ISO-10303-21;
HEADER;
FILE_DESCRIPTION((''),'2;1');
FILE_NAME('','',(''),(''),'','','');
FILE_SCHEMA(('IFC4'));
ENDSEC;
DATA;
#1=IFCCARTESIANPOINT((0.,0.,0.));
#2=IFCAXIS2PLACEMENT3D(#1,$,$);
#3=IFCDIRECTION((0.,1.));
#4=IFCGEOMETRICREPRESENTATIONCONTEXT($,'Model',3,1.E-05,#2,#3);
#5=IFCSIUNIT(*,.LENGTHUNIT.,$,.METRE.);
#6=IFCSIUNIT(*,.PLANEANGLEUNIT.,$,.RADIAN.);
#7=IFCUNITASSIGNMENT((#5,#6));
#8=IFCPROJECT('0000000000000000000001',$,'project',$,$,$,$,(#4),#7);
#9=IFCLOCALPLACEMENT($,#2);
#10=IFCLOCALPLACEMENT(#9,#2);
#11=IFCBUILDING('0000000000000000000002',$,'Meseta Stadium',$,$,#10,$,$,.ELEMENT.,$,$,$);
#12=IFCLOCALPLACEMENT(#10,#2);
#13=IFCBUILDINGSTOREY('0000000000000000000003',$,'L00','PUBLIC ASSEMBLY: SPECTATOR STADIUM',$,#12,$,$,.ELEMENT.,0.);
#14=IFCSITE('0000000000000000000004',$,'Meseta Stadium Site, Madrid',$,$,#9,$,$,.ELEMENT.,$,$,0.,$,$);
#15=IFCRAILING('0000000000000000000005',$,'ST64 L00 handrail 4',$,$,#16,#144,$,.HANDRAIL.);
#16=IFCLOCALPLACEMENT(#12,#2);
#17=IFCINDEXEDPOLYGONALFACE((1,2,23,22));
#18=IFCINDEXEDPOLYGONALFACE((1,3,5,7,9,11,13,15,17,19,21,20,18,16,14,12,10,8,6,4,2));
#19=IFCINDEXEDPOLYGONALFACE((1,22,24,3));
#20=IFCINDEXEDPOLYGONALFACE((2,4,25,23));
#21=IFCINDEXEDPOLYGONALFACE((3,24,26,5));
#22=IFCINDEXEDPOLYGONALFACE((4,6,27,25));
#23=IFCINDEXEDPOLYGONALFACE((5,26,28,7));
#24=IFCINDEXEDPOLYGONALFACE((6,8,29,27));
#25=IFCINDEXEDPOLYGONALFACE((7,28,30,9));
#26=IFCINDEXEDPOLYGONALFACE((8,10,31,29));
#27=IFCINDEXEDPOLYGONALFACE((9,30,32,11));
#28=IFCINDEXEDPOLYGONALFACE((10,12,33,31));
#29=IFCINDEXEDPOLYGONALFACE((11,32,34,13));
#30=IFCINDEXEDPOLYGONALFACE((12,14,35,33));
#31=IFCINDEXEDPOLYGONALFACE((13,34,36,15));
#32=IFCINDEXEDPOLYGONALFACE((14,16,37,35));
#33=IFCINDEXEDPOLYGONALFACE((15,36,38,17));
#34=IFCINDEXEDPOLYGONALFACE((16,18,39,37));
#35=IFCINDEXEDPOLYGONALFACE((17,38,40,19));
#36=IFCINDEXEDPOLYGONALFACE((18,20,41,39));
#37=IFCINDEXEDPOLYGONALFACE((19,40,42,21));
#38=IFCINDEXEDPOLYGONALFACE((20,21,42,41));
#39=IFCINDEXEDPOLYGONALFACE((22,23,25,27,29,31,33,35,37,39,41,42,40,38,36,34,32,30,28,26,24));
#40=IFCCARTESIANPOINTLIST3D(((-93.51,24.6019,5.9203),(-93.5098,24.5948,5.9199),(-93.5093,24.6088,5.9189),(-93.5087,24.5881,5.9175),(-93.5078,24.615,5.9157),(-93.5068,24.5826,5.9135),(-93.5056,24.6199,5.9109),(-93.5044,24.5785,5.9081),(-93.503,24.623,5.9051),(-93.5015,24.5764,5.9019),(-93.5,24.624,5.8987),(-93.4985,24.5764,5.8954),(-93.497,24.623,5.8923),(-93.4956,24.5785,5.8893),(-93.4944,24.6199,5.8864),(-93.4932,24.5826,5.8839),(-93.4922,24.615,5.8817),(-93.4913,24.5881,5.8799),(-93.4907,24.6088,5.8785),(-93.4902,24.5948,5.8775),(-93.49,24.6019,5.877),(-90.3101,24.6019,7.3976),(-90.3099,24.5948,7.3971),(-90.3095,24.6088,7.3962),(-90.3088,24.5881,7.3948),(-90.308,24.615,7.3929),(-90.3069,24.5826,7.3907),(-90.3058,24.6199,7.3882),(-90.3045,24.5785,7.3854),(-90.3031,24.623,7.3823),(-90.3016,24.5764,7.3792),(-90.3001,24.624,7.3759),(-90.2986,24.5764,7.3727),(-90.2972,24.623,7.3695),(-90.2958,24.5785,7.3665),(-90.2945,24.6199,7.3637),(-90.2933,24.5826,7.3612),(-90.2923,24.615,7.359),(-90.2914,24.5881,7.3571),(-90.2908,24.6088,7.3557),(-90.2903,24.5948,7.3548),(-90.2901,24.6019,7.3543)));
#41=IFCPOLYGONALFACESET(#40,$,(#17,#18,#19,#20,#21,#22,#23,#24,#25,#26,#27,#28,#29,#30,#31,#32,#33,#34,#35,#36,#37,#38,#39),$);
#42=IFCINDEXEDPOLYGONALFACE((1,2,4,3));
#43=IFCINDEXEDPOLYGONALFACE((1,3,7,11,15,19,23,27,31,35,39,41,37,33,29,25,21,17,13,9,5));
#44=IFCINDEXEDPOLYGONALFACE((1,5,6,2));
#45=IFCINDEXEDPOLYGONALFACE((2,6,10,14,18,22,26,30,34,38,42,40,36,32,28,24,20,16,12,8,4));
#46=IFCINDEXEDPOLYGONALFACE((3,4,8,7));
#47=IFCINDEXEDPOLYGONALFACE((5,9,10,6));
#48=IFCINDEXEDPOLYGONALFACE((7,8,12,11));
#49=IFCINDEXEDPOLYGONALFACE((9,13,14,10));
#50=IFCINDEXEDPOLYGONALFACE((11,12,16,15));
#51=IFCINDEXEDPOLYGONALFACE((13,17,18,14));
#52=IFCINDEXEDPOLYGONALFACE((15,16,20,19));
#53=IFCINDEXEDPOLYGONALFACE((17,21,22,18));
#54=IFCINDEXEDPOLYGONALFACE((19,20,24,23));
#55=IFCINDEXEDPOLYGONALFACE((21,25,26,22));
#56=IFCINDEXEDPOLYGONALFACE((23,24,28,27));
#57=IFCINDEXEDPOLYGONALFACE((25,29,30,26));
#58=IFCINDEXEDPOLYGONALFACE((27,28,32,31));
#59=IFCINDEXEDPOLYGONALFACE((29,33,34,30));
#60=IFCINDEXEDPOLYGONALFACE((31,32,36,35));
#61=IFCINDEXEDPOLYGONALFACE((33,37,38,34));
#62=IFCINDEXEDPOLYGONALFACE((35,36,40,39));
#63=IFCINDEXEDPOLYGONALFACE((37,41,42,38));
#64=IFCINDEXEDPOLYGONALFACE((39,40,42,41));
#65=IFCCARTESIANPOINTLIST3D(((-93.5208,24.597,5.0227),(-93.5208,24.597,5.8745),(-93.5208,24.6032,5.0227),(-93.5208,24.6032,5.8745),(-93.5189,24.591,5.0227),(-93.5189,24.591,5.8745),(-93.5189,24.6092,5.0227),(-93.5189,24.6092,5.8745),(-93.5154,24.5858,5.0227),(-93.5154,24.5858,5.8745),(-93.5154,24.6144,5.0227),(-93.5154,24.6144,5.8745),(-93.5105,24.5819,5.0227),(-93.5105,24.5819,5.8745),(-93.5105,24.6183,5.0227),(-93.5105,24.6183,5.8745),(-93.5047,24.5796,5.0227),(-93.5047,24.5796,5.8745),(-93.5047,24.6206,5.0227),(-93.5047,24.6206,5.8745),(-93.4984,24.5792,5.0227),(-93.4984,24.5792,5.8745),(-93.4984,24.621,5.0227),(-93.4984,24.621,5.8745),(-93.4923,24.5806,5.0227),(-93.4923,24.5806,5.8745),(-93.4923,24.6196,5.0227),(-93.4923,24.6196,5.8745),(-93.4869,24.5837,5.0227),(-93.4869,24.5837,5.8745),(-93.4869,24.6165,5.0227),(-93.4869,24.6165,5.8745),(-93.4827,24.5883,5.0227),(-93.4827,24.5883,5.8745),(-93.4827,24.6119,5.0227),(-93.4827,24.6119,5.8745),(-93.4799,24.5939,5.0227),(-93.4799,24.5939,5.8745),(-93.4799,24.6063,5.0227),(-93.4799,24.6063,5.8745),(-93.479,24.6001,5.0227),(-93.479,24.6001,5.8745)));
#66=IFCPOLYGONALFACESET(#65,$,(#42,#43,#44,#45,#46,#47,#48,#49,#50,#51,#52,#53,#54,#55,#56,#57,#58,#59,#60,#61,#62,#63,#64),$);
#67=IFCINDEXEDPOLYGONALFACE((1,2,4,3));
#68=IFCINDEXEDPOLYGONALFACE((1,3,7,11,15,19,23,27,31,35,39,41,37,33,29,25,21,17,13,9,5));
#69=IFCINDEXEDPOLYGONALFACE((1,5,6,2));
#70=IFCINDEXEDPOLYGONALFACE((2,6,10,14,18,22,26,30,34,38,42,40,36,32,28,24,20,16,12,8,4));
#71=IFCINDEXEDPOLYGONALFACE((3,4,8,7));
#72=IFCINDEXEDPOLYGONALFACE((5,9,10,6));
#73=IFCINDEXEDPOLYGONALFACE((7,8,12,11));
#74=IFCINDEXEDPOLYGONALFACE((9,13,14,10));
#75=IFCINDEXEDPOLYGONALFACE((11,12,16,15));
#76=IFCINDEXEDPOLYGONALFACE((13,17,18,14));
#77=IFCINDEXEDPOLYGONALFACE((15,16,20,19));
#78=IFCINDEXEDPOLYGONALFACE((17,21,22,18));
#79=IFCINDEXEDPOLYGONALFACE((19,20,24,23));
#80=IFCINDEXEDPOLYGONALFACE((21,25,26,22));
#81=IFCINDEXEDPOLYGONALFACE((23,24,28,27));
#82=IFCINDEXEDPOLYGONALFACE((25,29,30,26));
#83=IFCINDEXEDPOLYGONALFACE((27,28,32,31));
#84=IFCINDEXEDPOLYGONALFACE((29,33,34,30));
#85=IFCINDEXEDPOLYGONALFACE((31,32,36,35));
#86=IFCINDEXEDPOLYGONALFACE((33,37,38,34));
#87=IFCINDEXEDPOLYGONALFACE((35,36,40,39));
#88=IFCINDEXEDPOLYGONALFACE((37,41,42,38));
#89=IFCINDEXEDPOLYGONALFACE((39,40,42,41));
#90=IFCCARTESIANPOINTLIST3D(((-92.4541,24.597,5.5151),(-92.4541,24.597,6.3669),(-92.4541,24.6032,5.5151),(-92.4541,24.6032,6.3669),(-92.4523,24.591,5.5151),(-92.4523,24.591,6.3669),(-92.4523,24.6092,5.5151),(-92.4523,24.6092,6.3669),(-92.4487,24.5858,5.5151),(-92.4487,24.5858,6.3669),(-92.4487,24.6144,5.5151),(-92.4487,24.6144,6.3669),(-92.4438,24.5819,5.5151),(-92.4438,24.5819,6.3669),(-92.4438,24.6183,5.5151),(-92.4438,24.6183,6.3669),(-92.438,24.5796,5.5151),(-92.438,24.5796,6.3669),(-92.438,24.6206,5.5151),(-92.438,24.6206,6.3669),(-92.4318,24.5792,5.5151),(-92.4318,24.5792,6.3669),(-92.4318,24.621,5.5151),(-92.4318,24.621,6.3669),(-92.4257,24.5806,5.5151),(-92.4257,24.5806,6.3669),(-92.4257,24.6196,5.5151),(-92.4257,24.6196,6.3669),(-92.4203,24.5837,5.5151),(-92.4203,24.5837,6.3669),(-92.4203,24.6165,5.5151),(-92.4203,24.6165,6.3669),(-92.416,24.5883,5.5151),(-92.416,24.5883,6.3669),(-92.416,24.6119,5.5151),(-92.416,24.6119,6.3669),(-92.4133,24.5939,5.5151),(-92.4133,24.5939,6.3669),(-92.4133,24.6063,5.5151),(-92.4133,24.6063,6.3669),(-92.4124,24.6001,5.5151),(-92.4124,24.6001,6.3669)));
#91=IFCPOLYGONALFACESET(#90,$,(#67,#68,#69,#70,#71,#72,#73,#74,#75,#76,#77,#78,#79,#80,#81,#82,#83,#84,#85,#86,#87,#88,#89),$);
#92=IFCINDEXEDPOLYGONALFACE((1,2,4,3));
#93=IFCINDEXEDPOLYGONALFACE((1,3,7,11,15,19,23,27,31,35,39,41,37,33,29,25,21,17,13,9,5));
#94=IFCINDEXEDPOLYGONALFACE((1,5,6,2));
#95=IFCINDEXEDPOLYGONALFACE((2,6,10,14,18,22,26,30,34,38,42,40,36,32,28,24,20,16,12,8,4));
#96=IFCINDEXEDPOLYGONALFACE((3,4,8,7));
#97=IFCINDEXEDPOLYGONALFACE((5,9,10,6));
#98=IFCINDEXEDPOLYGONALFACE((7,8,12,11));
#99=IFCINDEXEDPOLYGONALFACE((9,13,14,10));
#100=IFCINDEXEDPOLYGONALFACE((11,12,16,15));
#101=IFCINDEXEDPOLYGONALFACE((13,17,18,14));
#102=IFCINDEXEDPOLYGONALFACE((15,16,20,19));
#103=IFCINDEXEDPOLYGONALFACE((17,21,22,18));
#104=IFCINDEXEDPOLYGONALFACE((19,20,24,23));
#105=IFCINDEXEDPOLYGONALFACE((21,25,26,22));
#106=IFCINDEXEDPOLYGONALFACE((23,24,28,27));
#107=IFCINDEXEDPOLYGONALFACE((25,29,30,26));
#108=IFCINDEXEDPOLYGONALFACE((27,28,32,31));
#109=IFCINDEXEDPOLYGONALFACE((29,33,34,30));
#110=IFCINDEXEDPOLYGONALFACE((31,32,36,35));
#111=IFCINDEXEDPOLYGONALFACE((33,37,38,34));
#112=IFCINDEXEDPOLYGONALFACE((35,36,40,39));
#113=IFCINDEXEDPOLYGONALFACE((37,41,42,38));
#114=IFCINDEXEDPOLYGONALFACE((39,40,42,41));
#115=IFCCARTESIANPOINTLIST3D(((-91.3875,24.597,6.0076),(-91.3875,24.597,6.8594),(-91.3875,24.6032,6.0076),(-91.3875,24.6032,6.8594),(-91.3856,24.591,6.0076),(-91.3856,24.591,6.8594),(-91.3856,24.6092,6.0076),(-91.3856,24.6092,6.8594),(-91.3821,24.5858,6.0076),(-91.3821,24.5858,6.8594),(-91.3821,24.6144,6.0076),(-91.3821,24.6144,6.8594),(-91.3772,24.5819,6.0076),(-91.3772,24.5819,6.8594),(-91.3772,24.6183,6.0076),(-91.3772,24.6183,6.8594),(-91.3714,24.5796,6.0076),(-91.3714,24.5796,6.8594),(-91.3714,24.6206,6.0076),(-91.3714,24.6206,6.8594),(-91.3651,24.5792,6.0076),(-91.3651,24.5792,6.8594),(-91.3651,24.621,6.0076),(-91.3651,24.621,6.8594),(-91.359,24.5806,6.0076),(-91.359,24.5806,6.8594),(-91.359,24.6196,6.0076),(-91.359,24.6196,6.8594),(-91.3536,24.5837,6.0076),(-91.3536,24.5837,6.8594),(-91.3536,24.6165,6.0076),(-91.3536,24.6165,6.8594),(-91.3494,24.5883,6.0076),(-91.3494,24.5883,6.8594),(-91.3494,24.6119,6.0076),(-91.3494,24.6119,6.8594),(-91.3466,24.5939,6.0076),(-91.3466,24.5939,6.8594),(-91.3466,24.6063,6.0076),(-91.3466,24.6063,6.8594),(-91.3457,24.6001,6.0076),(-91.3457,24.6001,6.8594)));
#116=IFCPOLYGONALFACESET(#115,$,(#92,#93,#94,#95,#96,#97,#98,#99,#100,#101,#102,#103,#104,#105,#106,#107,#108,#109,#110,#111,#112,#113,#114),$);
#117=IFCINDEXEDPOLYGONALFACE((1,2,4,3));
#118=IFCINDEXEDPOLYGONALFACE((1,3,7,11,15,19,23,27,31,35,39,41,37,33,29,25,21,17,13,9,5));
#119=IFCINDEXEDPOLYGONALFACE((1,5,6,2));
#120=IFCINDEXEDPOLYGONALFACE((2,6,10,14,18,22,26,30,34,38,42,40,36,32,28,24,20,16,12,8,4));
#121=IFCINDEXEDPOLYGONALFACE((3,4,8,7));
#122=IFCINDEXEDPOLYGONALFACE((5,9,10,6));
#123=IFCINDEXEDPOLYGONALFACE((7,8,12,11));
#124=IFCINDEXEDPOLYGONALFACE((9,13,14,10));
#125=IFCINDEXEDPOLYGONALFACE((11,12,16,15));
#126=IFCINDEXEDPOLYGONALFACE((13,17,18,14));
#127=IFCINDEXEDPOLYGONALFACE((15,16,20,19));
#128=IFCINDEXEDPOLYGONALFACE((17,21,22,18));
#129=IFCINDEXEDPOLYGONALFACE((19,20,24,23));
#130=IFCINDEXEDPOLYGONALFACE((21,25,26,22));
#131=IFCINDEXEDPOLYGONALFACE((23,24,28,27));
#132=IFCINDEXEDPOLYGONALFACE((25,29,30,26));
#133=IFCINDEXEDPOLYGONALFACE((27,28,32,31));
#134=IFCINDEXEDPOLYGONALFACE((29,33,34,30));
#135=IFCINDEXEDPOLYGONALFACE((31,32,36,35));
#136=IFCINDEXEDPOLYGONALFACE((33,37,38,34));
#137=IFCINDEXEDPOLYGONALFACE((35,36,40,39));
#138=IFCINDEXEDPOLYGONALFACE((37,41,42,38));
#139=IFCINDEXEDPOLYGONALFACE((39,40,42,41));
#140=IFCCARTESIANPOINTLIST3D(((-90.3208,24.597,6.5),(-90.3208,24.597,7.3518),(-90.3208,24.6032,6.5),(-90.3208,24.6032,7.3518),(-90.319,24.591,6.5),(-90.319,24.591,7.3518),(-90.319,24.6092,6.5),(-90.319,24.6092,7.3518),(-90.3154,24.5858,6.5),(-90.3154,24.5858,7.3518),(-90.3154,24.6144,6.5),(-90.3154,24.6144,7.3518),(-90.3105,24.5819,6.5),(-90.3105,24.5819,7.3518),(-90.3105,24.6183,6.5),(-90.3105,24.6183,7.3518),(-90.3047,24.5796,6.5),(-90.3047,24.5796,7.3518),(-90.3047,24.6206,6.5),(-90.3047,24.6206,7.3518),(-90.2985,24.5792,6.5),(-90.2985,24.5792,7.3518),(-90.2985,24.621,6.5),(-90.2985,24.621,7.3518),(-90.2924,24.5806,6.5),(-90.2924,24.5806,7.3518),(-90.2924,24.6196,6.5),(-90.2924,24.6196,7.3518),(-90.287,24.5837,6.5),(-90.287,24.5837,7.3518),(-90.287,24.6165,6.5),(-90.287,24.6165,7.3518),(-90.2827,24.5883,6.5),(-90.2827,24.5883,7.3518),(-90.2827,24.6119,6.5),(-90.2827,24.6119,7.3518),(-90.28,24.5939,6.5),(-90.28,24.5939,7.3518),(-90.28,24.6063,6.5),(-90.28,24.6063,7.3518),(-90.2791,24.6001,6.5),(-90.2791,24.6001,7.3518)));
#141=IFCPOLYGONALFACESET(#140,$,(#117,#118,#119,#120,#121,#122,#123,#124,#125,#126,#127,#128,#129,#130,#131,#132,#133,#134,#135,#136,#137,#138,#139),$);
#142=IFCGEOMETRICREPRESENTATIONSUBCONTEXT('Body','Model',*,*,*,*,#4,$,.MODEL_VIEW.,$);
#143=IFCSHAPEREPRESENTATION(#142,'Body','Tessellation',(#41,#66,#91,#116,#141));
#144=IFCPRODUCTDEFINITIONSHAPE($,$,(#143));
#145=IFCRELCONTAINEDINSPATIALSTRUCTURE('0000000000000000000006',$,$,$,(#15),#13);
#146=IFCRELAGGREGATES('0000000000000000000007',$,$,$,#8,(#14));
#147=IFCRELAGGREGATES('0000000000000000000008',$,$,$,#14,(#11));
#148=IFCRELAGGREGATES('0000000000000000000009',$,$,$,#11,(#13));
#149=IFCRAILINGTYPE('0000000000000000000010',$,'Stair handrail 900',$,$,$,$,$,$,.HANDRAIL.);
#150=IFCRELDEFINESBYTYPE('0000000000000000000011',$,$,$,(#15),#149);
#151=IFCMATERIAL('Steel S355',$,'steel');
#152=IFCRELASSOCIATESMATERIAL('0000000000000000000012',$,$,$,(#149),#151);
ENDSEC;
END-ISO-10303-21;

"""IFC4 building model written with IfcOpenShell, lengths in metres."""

from ifc_helpers import new_model, si_unit, direction, frame, origin, origin_2d, place, context, subcontext, project, spatial, circle, extrude, material, type_object, element, save


model = new_model("IFC4")

# Units and contexts
model_context = context("Model", 3, precision=1e-05, world=origin(), true_north=direction((0.0, 1.0)))
body_context = subcontext(model_context, "Body", "Model", "MODEL_VIEW")
ifc_project = project(units=[si_unit("LENGTHUNIT", "METRE"), si_unit("PLANEANGLEUNIT", "RADIAN")], contexts=[model_context])

# Site, building, storey
site_placement = place(None, origin())
site = spatial("IfcSite", under=ifc_project, at=site_placement, Name="Meseta Stadium Site, Madrid", CompositionType="ELEMENT", RefElevation=0.0)
building_placement = place(site_placement, origin())
building = spatial("IfcBuilding", under=site, at=building_placement, Name="Meseta Stadium", CompositionType="ELEMENT")
storey_placement = place(building_placement, origin())
storey = spatial("IfcBuildingStorey", under=building, at=storey_placement, Name="L00", Description="PUBLIC ASSEMBLY: SPECTATOR STADIUM", CompositionType="ELEMENT", Elevation=0.0)

# Railing
ifc_material_1 = material(Name="Steel S355", Category="steel")
railing_type_1 = type_object("IfcRailingType", Name="Stair handrail 900", PredefinedType="HANDRAIL", material=ifc_material_1)
for number, where, name in (
    (1, (-93.5, 24.6001, 5.0227), "ST64 L00 handrail 4"),
):
    element("IfcRailing", number, at=place(storey_placement, frame(where)), inside=storey, type_object=railing_type_1, Name=name, PredefinedType="HANDRAIL", context=body_context, shape_type="SweptSolid", body=[
        extrude(circle(Radius=0.0239, at=origin_2d()), frame((0.0, 0.0, 0.876), z_axis=(0.907917, 0.0, 0.41915), x_axis=(0.0, 1.0, 0.0)), (0.0, 0.0, 1.0), 3.5244),
        extrude(circle(Radius=0.021, at=origin_2d()), origin(), (0.0, 0.0, 1.0), 0.8518),
        extrude(circle(Radius=0.021, at=origin_2d()), frame((1.0667, 0.0, 0.4924)), (0.0, 0.0, 1.0), 0.8518),
        extrude(circle(Radius=0.021, at=origin_2d()), frame((2.1333, 0.0, 0.9849)), (0.0, 0.0, 1.0), 0.8518),
        extrude(circle(Radius=0.021, at=origin_2d()), frame((3.2, 0.0, 1.4773)), (0.0, 0.0, 1.0), 0.8518),
    ])

save(model, "model.ifc")
